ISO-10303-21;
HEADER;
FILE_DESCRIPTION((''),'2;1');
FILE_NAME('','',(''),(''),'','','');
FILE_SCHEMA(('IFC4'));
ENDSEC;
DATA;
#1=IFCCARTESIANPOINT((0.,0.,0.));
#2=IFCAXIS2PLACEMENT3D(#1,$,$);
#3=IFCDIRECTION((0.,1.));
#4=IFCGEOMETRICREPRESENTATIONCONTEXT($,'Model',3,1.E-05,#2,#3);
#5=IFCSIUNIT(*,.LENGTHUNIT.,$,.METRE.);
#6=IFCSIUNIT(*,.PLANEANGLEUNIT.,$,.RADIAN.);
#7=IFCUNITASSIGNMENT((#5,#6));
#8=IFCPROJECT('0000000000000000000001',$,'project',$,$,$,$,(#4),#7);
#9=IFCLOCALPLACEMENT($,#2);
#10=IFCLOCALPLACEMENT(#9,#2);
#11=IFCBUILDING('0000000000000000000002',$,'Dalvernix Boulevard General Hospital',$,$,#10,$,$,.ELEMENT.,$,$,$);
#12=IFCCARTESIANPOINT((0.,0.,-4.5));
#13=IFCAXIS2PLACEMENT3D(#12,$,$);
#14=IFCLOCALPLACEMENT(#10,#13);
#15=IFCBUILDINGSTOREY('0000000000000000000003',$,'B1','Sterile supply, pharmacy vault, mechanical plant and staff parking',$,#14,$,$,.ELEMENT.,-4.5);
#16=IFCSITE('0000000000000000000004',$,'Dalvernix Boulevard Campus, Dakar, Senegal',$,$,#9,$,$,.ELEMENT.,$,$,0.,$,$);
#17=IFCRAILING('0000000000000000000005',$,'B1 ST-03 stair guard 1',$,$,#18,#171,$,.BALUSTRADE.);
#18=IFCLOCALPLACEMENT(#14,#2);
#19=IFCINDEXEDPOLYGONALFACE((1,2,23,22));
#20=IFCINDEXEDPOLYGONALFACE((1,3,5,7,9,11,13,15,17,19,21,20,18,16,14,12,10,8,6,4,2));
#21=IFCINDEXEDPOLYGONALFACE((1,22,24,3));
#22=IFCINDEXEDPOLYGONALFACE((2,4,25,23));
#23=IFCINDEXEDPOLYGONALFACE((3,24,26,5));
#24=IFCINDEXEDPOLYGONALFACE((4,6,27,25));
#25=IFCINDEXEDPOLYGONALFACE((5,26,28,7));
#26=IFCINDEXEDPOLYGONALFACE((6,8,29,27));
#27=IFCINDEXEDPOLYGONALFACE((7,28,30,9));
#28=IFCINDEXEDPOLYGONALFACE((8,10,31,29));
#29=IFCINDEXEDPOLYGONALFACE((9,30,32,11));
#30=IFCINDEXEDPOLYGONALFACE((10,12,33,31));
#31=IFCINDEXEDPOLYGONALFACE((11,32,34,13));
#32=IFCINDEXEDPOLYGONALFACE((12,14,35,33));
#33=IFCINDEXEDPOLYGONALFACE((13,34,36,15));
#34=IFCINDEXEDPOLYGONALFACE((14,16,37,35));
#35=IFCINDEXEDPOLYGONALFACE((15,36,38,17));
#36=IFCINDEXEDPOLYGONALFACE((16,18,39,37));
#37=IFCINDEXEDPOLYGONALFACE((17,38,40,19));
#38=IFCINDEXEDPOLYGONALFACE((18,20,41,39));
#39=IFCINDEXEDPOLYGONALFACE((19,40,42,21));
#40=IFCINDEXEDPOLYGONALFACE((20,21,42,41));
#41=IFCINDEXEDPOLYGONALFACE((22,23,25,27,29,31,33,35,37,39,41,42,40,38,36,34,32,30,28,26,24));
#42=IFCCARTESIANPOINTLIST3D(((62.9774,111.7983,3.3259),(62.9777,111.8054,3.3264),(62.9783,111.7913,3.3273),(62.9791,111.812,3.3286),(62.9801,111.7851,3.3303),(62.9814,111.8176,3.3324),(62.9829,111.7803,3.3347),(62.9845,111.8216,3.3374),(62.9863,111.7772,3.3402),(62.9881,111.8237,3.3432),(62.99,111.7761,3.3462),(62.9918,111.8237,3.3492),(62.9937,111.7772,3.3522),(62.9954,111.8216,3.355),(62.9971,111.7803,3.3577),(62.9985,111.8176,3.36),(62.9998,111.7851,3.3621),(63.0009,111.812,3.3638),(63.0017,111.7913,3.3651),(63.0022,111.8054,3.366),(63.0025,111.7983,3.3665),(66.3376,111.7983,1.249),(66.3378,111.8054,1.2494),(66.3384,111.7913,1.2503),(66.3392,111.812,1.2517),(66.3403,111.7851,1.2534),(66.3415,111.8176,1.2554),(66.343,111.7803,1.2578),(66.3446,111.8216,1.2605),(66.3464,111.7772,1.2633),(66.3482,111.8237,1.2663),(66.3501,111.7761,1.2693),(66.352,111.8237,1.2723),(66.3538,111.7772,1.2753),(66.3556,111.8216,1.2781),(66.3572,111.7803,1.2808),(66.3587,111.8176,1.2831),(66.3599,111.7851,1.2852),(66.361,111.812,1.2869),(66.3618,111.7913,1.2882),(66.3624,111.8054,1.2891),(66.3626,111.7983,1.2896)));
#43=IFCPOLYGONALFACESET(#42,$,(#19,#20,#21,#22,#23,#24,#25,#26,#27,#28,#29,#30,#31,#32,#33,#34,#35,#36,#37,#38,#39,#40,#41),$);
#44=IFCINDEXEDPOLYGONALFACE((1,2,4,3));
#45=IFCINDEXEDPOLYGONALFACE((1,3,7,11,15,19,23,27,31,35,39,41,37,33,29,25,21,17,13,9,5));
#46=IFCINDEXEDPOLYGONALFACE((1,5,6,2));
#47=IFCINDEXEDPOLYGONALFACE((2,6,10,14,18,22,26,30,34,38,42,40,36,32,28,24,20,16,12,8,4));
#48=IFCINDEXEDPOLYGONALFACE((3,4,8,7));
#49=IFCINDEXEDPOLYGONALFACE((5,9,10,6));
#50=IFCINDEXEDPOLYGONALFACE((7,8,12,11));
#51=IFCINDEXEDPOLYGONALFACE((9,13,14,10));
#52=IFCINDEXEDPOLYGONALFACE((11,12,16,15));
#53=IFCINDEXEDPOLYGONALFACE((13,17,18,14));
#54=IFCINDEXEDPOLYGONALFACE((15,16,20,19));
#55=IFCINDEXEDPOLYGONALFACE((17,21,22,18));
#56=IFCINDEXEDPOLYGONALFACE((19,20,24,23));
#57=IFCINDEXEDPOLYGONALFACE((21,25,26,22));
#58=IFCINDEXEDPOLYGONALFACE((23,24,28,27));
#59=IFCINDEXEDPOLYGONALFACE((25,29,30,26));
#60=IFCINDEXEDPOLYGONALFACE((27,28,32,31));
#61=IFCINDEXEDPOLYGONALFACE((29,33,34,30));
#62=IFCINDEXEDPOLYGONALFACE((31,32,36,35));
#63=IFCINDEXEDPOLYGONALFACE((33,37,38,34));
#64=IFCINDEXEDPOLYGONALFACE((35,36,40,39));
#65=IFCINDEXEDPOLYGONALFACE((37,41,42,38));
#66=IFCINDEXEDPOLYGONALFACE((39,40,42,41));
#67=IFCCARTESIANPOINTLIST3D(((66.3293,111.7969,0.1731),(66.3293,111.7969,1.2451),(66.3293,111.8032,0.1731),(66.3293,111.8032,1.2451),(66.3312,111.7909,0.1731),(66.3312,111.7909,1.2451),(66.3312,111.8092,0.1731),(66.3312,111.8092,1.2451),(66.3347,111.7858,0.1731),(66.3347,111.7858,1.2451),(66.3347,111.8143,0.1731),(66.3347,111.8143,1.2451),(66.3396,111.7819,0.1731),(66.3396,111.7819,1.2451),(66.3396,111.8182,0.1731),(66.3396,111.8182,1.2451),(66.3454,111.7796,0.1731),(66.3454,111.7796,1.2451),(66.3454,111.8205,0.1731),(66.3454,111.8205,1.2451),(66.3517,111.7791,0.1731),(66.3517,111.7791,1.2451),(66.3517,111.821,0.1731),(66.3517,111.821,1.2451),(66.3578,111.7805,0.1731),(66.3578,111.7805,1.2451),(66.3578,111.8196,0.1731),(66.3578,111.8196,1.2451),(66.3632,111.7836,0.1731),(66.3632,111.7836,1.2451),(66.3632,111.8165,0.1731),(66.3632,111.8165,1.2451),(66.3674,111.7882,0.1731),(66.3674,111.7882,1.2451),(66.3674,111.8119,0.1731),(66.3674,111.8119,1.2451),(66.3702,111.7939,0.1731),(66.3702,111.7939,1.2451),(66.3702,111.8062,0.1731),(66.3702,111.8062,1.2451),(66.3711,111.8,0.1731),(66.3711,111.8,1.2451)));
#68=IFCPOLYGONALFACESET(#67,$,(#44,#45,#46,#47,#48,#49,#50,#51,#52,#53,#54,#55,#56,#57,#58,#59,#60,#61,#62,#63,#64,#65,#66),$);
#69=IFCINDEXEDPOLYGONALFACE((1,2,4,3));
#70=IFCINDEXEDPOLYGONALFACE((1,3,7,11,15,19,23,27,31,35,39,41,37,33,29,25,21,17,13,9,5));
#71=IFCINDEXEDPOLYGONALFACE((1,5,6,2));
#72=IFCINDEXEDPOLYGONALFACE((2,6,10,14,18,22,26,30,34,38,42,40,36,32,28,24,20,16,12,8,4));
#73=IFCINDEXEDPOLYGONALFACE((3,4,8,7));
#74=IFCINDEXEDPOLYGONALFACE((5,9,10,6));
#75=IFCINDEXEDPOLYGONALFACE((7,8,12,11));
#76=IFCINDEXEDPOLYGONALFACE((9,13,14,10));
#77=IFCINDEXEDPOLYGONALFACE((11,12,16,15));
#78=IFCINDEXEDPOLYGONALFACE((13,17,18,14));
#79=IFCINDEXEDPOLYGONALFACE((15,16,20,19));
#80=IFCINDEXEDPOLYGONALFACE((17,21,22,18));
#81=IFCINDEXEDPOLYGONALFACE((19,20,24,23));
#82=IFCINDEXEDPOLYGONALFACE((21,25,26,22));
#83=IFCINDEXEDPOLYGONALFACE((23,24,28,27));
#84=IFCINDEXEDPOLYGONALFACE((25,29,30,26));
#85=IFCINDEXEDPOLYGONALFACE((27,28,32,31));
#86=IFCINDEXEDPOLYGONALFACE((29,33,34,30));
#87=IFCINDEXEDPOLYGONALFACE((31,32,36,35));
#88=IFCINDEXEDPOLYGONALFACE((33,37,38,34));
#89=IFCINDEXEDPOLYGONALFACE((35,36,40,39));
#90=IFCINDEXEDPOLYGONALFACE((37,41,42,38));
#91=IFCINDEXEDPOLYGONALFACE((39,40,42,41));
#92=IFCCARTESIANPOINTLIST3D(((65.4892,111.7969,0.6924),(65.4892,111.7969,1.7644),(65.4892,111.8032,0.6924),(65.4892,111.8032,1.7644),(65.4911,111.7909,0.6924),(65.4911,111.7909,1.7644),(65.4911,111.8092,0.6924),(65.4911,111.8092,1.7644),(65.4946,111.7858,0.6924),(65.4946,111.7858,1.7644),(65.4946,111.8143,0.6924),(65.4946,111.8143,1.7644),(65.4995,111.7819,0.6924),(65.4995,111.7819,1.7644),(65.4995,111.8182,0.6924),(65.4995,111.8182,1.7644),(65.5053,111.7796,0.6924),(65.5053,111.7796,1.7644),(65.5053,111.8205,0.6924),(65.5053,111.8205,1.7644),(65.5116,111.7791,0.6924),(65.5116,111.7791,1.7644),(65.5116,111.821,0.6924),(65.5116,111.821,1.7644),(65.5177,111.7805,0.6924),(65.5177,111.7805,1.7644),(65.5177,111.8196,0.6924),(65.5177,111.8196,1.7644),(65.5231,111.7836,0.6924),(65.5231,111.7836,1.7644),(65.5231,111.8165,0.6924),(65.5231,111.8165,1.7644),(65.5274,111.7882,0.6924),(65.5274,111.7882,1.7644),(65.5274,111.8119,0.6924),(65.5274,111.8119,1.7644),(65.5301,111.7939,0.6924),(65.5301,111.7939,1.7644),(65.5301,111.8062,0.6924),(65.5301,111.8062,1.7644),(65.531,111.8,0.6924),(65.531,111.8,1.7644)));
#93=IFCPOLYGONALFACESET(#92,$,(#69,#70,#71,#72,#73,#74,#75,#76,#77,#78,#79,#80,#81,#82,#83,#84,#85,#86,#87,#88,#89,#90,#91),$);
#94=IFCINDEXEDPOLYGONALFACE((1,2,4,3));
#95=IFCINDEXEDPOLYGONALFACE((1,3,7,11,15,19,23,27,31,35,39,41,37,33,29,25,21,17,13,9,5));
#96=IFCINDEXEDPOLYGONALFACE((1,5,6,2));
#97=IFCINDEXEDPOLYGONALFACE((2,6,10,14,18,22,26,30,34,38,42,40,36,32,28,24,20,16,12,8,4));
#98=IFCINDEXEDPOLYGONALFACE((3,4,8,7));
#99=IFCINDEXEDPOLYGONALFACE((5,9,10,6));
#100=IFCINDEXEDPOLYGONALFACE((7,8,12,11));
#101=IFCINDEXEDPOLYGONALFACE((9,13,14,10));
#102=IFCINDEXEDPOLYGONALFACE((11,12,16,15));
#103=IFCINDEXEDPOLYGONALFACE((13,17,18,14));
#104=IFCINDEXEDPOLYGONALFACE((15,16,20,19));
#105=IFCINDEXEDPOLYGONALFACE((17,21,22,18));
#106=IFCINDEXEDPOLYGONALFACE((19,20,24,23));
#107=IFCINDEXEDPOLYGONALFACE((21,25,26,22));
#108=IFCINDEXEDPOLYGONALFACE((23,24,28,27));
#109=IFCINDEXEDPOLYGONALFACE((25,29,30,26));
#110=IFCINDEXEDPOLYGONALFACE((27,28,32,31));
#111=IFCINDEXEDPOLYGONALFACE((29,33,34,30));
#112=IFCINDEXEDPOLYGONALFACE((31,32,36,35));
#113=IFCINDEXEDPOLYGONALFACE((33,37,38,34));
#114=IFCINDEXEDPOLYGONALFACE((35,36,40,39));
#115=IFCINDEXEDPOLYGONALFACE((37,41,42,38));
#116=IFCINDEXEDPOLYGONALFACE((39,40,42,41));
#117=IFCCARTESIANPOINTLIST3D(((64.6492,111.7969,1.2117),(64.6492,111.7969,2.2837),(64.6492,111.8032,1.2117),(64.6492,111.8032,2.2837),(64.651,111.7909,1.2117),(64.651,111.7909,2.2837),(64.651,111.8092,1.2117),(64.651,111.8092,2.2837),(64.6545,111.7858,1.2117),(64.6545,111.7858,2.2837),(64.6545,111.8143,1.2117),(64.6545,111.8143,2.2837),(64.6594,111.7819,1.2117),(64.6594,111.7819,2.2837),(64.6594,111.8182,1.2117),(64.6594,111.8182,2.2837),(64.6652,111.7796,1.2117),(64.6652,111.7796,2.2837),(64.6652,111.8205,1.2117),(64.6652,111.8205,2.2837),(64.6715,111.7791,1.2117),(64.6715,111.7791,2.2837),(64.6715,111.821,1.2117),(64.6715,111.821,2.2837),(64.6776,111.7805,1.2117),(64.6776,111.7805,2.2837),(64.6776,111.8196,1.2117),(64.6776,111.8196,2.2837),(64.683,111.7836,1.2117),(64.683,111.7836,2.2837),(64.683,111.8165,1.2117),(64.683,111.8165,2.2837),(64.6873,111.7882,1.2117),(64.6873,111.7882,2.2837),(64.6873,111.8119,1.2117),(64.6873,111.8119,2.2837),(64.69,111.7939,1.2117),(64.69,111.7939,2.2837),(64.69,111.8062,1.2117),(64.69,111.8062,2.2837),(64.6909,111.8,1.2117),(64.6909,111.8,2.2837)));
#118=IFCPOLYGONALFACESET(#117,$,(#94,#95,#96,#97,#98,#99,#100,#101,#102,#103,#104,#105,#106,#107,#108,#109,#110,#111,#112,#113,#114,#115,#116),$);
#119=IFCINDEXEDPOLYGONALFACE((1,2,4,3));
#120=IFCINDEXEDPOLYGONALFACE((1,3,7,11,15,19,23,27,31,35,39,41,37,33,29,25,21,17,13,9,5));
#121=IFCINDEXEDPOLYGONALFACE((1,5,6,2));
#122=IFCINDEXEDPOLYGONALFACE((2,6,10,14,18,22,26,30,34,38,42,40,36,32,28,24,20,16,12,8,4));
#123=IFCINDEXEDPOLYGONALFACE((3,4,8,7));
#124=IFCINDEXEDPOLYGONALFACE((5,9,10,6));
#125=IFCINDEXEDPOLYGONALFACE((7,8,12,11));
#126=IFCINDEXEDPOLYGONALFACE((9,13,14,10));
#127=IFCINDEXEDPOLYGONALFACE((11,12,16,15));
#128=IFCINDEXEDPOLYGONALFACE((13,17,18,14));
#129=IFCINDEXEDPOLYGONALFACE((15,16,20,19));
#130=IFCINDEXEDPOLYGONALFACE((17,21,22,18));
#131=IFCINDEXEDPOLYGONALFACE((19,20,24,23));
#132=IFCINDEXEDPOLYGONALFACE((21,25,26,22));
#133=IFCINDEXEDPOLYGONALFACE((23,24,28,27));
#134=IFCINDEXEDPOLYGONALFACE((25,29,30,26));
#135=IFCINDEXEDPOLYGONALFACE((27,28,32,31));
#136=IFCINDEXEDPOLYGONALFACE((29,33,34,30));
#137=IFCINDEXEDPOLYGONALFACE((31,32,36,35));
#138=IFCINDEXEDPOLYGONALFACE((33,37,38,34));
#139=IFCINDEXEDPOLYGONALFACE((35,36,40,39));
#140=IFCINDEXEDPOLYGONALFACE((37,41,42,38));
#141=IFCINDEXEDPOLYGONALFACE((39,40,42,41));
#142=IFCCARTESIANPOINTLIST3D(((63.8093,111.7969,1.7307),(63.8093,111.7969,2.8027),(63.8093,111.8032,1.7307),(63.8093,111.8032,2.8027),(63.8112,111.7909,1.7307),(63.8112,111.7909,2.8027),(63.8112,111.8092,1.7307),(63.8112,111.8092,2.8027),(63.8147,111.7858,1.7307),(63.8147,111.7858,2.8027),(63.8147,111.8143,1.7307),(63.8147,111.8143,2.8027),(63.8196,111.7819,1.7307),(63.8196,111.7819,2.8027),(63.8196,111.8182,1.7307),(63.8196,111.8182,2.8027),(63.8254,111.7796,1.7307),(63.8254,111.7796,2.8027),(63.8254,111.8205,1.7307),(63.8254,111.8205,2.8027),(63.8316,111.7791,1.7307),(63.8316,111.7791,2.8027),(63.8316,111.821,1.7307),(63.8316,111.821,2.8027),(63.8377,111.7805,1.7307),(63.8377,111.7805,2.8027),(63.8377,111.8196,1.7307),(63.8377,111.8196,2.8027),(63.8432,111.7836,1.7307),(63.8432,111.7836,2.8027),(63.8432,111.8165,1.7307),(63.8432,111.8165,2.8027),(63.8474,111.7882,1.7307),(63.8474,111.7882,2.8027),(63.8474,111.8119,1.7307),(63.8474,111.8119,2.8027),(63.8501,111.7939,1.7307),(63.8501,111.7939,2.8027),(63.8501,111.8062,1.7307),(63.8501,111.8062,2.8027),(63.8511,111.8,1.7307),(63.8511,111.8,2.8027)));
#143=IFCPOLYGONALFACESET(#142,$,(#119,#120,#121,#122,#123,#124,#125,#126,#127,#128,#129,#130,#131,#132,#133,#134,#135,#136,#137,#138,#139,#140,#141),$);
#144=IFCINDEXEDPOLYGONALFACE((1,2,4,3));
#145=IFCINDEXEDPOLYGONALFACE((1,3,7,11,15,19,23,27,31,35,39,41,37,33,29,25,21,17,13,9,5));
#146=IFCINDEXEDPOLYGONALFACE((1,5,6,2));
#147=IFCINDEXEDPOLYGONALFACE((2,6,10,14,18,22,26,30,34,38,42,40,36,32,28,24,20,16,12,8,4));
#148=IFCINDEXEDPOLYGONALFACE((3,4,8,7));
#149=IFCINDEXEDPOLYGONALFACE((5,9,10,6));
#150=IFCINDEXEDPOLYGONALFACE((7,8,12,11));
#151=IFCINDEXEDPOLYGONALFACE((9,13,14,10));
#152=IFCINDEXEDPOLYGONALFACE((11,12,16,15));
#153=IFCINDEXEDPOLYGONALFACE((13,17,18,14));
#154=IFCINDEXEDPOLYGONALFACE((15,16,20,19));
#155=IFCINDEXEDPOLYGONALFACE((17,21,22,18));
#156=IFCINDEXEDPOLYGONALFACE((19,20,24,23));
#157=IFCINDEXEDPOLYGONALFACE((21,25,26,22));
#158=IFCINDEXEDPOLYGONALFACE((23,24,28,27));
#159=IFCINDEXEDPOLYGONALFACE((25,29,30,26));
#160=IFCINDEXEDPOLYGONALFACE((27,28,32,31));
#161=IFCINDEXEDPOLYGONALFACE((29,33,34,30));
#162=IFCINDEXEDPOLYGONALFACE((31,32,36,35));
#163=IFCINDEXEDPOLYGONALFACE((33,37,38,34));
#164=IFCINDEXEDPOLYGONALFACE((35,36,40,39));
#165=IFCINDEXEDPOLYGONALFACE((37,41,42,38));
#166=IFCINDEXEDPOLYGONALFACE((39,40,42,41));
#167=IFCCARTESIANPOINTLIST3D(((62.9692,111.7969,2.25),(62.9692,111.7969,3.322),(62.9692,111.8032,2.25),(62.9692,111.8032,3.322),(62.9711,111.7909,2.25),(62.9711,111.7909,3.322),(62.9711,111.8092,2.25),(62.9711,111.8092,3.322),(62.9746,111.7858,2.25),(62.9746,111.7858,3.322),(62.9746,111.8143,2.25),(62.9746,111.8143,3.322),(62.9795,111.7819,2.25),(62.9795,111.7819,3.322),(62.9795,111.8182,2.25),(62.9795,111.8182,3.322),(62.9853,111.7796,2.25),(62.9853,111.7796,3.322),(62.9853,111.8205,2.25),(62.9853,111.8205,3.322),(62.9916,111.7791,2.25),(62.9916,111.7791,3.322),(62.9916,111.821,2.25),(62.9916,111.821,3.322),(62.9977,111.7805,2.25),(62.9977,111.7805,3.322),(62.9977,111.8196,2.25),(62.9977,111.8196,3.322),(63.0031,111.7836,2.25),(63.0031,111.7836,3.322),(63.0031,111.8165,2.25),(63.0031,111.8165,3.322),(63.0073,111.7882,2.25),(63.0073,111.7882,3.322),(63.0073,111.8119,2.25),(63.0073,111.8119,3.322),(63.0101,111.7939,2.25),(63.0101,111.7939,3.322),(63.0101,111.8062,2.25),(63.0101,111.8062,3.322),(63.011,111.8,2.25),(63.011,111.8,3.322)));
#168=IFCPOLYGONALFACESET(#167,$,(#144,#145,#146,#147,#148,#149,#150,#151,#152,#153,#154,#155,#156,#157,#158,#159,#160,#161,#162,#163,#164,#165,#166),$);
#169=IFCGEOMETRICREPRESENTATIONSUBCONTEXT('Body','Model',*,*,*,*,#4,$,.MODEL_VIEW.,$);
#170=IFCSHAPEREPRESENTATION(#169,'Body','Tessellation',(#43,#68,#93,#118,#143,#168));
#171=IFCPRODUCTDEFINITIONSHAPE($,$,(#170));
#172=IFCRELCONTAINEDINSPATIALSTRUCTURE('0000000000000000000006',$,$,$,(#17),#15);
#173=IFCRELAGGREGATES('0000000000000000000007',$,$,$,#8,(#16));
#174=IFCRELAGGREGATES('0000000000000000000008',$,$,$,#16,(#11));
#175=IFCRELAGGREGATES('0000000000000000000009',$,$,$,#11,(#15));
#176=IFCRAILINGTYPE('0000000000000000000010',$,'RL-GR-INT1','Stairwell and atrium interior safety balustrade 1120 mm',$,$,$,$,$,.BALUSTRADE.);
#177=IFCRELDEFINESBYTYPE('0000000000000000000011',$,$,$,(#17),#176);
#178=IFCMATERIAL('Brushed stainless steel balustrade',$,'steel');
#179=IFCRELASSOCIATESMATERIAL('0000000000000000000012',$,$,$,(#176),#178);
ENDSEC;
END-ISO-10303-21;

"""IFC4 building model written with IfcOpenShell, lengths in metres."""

from ifc_helpers import new_model, si_unit, direction, frame, origin, origin_2d, place, context, subcontext, project, spatial, circle, extrude, material, type_object, element, save


model = new_model("IFC4")

# Units and contexts
model_context = context("Model", 3, precision=1e-05, world=origin(), true_north=direction((0.0, 1.0)))
body_context = subcontext(model_context, "Body", "Model", "MODEL_VIEW")
ifc_project = project(units=[si_unit("LENGTHUNIT", "METRE"), si_unit("PLANEANGLEUNIT", "RADIAN")], contexts=[model_context])

# Site, building, storey
site_placement = place(None, origin())
site = spatial("IfcSite", under=ifc_project, at=site_placement, Name="Dalvernix Boulevard Campus, Dakar, Senegal", CompositionType="ELEMENT", RefElevation=0.0)
building_placement = place(site_placement, origin())
building = spatial("IfcBuilding", under=site, at=building_placement, Name="Dalvernix Boulevard General Hospital", CompositionType="ELEMENT")
storey_placement = place(building_placement, frame((0.0, 0.0, -4.5)))
storey = spatial("IfcBuildingStorey", under=building, at=storey_placement, Name="B1", Description="Sterile supply, pharmacy vault, mechanical plant and staff parking", CompositionType="ELEMENT", Elevation=-4.5)

# Railing
ifc_material_1 = material(Name="Brushed stainless steel balustrade", Category="steel")
railing_type_1 = type_object("IfcRailingType", Name="RL-GR-INT1", Description="Stairwell and atrium interior safety balustrade 1120 mm", PredefinedType="BALUSTRADE", material=ifc_material_1)
railing_1_placement = place(storey_placement, frame((66.3501, 111.8, 0.1731)))
element("IfcRailing", 1, at=railing_1_placement, inside=storey, type_object=railing_type_1, Name="B1 ST-03 stair guard 1", PredefinedType="BALUSTRADE", context=body_context, shape_type="SweptSolid", body=[
    extrude(circle(Radius=0.0239, at=origin_2d()), frame((0.0, 0.0, 1.0962), z_axis=(-0.850623, 0.0, 0.525776), x_axis=(0.0, -1.0, 0.0)), (0.0, 0.0, 1.0), 3.9502),
    extrude(circle(Radius=0.021, at=origin_2d()), origin(), (0.0, 0.0, 1.0), 1.072),
    extrude(circle(Radius=0.021, at=origin_2d()), frame((-0.8401, 0.0, 0.5193)), (0.0, 0.0, 1.0), 1.072),
    extrude(circle(Radius=0.021, at=origin_2d()), frame((-1.6802, 0.0, 1.0386)), (0.0, 0.0, 1.0), 1.072),
    extrude(circle(Radius=0.021, at=origin_2d()), frame((-2.52, 0.0, 1.5576)), (0.0, 0.0, 1.0), 1.072),
    extrude(circle(Radius=0.021, at=origin_2d()), frame((-3.3601, 0.0, 2.0769)), (0.0, 0.0, 1.0), 1.072),
])

save(model, "model.ifc")
